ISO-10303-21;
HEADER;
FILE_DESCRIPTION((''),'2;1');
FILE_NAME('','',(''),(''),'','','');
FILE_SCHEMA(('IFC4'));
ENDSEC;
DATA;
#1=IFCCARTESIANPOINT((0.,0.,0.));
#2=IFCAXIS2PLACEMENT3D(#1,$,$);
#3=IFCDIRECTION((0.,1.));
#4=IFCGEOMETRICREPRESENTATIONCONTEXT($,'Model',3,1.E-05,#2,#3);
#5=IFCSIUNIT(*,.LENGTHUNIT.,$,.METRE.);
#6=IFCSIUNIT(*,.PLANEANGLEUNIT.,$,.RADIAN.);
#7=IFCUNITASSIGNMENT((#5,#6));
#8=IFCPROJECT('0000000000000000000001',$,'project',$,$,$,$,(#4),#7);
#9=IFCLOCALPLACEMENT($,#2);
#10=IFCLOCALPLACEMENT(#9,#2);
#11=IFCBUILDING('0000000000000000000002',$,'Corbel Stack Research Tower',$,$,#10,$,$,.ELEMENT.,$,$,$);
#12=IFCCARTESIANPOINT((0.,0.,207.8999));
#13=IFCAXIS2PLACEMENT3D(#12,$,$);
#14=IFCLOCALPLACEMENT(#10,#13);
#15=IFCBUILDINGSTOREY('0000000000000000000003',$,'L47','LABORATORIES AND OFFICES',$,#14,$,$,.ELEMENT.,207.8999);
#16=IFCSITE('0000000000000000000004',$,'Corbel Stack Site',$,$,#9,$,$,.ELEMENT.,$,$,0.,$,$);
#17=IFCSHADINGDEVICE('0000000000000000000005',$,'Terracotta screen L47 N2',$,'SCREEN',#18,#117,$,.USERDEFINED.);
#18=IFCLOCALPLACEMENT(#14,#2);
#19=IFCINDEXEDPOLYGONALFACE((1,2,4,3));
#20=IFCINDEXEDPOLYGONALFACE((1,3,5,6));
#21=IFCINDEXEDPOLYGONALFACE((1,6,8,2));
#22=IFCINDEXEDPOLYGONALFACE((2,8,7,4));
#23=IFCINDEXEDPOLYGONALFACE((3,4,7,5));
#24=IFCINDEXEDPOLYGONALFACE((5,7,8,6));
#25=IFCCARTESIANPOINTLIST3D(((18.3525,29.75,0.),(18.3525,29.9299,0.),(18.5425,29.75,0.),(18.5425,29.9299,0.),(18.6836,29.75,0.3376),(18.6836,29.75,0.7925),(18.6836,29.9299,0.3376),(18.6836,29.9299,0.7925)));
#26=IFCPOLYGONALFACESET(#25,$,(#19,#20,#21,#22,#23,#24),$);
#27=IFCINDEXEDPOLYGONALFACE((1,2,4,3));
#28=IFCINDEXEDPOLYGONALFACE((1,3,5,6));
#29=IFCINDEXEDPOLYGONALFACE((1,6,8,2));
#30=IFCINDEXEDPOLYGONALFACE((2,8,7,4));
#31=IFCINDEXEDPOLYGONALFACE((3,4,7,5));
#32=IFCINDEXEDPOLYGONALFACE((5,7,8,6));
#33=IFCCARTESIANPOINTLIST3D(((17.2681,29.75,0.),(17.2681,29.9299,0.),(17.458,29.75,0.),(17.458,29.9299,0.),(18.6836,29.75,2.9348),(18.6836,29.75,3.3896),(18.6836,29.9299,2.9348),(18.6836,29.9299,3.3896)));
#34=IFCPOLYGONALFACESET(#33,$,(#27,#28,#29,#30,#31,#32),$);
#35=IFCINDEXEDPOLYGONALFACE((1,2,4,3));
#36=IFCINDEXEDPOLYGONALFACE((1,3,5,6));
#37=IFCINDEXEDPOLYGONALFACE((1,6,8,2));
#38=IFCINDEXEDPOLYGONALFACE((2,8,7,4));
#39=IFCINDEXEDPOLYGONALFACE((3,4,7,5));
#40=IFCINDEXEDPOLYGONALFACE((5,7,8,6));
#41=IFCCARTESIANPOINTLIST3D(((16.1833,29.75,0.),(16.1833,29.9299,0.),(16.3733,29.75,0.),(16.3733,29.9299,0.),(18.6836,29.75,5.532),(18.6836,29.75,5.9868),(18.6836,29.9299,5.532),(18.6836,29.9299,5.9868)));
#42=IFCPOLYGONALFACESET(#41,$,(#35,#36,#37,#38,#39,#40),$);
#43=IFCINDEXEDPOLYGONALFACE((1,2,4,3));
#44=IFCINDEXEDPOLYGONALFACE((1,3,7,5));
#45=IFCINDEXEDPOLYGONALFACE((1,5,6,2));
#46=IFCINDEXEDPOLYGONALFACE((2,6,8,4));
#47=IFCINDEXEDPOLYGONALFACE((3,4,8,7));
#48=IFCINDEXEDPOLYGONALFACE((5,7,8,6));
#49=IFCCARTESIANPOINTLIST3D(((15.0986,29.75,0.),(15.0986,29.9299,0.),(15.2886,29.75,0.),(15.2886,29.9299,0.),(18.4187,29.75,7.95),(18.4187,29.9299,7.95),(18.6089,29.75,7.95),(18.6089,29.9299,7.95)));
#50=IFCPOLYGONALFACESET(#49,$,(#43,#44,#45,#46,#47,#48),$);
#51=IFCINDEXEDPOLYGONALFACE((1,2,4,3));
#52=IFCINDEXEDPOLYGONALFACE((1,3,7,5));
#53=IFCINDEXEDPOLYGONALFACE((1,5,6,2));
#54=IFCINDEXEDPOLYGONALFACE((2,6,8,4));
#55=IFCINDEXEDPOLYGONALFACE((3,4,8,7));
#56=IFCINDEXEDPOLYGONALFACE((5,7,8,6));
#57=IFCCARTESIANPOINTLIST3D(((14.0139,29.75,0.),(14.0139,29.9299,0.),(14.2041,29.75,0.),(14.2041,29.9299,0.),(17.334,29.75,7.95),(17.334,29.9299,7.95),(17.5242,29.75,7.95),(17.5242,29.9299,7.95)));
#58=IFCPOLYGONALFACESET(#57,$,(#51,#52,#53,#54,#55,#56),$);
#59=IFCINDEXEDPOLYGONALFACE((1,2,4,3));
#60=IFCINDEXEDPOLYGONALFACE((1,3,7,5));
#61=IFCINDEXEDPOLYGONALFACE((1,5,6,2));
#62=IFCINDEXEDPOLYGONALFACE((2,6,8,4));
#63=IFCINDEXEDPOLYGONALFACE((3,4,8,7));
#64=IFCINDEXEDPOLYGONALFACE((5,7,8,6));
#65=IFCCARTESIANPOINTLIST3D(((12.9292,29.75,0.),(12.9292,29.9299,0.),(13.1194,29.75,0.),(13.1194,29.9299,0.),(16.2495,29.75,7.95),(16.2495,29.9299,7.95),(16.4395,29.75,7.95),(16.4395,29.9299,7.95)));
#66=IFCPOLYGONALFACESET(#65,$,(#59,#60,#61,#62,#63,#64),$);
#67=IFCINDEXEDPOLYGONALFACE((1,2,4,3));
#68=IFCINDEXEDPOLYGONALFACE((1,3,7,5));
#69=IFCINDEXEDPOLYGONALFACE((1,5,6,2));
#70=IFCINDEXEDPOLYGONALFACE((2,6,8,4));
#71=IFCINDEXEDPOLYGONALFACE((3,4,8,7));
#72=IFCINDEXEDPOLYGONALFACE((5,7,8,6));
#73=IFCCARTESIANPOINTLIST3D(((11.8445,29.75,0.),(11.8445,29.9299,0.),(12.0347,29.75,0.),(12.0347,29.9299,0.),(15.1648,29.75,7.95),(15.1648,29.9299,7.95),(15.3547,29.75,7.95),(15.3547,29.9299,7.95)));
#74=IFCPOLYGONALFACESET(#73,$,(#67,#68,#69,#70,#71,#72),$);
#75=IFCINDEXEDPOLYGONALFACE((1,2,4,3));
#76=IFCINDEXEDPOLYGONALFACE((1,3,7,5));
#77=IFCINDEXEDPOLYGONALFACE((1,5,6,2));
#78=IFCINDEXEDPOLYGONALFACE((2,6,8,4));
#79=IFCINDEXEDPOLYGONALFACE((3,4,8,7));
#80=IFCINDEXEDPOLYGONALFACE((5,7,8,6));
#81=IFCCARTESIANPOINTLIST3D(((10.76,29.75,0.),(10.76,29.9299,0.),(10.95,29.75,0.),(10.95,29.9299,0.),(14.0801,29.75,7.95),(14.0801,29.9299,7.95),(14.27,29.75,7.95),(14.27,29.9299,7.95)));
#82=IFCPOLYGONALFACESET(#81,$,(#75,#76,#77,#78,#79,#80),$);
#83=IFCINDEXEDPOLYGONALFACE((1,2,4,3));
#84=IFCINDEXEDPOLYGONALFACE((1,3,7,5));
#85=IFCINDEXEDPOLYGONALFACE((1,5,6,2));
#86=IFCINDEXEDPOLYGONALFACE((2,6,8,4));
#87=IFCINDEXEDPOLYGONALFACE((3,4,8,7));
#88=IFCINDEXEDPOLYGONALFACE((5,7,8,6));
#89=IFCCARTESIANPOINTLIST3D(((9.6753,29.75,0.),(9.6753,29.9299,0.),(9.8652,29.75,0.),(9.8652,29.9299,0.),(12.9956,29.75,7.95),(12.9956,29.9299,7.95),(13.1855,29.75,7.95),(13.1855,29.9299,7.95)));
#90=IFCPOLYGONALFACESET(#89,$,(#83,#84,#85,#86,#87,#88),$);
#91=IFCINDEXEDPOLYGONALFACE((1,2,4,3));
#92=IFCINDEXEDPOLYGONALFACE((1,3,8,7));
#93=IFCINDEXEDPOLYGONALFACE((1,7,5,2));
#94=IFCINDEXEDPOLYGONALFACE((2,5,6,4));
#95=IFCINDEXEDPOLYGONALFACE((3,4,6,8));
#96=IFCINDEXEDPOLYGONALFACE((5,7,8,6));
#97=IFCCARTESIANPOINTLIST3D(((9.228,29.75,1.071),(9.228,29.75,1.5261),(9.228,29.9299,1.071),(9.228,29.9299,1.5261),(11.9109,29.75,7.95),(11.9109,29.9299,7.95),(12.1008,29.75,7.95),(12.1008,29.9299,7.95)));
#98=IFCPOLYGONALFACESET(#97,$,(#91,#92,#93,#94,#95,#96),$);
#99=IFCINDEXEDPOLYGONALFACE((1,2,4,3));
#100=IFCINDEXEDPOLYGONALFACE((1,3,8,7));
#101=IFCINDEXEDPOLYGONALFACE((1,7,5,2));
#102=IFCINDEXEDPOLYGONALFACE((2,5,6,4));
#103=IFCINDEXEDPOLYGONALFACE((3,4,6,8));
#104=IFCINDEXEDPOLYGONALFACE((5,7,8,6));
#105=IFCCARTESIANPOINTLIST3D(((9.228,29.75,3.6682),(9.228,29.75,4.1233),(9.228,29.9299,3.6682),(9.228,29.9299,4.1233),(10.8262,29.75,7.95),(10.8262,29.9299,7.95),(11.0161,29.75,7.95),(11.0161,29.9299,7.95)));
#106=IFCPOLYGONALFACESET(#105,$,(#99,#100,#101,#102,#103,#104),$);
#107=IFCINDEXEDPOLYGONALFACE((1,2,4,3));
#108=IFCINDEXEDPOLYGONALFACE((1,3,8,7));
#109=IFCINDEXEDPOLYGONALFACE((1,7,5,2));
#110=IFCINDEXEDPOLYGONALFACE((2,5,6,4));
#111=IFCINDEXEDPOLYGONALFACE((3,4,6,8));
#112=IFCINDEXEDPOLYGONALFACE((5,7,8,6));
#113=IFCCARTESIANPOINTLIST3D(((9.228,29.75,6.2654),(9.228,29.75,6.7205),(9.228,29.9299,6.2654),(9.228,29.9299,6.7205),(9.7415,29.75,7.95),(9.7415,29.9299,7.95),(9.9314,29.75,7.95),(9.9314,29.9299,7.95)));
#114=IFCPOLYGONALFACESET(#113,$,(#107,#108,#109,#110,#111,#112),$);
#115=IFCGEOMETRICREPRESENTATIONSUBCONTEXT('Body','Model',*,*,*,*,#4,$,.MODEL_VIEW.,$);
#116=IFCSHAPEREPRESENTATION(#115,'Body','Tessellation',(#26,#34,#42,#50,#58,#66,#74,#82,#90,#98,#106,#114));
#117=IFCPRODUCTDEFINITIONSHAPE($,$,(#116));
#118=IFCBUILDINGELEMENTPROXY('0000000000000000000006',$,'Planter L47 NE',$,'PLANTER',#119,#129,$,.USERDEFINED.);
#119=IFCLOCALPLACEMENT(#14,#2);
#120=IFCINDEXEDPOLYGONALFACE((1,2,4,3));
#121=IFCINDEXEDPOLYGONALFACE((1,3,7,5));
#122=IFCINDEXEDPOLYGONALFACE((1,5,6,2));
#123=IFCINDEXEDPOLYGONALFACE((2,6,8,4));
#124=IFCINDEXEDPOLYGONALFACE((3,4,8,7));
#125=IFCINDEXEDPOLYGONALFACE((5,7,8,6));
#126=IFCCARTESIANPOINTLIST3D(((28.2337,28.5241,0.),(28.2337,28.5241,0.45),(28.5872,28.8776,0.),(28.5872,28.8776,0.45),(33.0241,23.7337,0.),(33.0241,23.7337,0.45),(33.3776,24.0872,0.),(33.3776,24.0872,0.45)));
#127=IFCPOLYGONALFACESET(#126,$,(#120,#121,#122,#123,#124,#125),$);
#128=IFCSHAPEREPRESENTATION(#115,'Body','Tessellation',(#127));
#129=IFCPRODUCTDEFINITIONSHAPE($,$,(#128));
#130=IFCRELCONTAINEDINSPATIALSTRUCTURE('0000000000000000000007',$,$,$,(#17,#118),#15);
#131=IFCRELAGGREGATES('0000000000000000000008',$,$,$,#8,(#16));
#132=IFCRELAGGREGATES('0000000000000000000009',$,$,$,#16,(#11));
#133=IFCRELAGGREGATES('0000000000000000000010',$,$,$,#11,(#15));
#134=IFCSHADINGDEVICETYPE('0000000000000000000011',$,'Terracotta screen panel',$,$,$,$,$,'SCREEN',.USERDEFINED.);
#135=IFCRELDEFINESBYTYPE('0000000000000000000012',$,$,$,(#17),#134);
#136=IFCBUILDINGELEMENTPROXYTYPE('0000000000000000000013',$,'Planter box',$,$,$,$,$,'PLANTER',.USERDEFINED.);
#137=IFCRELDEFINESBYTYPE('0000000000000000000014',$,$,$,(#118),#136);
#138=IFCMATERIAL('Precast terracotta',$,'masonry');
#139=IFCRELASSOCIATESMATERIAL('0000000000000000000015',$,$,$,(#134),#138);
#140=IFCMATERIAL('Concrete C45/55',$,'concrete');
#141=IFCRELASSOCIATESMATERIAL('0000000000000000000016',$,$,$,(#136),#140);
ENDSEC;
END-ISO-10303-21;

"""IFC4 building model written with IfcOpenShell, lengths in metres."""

from ifc_helpers import new_model, si_unit, direction, frame, origin, origin_2d, place, context, subcontext, project, spatial, polyline, rectangle, outline, extrude, source, transform, mapped, material, type_object, element, save


model = new_model("IFC4")

# Units and contexts
model_context = context("Model", 3, precision=1e-05, world=origin(), true_north=direction((0.0, 1.0)))
body_context = subcontext(model_context, "Body", "Model", "MODEL_VIEW")
ifc_project = project(units=[si_unit("LENGTHUNIT", "METRE"), si_unit("PLANEANGLEUNIT", "RADIAN")], contexts=[model_context])

# Site, building, storey
site_placement = place(None, origin())
site = spatial("IfcSite", under=ifc_project, at=site_placement, Name="Corbel Stack Site", CompositionType="ELEMENT", RefElevation=0.0)
building_placement = place(site_placement, origin())
building = spatial("IfcBuilding", under=site, at=building_placement, Name="Corbel Stack Research Tower", CompositionType="ELEMENT")
storey_placement = place(building_placement, frame((0.0, 0.0, 207.8999)))
storey = spatial("IfcBuildingStorey", under=building, at=storey_placement, Name="L47", Description="LABORATORIES AND OFFICES", CompositionType="ELEMENT", Elevation=207.8999)

# Shading device
ifc_material_1 = material(Name="Precast terracotta", Category="masonry")
shading_device_type = type_object("IfcShadingDeviceType", Name="Terracotta screen panel", ElementType="SCREEN", PredefinedType="USERDEFINED", material=ifc_material_1)
shared_shape_1 = source(origin(), body_context, "Body", "SweptSolid", [
    extrude(outline(polyline([(0.3311, 0.0), (0.0, 0.7925), (0.0, 0.3376), (0.1411, 0.0), (0.3311, 0.0)])), frame((0.0, 0.0, 0.0), z_axis=(0.0, -1.0, 0.0), x_axis=(1.0, 0.0, 0.0)), (0.0, 0.0, 1.0), 0.1799),
    extrude(outline(polyline([(1.4155, 0.0), (0.0, 3.3896), (0.0, 2.9348), (1.2256, 0.0), (1.4155, 0.0)])), frame((0.0, 0.0, 0.0), z_axis=(0.0, -1.0, 0.0), x_axis=(1.0, 0.0, 0.0)), (0.0, 0.0, 1.0), 0.1799),
    extrude(outline(polyline([(2.5002, 0.0), (0.0, 5.9868), (0.0, 5.532), (2.3103, 0.0), (2.5002, 0.0)])), frame((0.0, 0.0, 0.0), z_axis=(0.0, -1.0, 0.0), x_axis=(1.0, 0.0, 0.0)), (0.0, 0.0, 1.0), 0.1799),
    extrude(outline(polyline([(3.585, 0.0), (0.2649, 7.95), (0.0747, 7.95), (3.395, 0.0), (3.585, 0.0)])), frame((0.0, 0.0, 0.0), z_axis=(0.0, -1.0, 0.0), x_axis=(1.0, 0.0, 0.0)), (0.0, 0.0, 1.0), 0.1799),
    extrude(outline(polyline([(4.6697, 0.0), (1.3496, 7.95), (1.1594, 7.95), (4.4795, 0.0), (4.6697, 0.0)])), frame((0.0, 0.0, 0.0), z_axis=(0.0, -1.0, 0.0), x_axis=(1.0, 0.0, 0.0)), (0.0, 0.0, 1.0), 0.1799),
    extrude(outline(polyline([(5.7544, 0.0), (2.4341, 7.95), (2.2441, 7.95), (5.5642, 0.0), (5.7544, 0.0)])), frame((0.0, 0.0, 0.0), z_axis=(0.0, -1.0, 0.0), x_axis=(1.0, 0.0, 0.0)), (0.0, 0.0, 1.0), 0.1799),
    extrude(outline(polyline([(6.8391, 0.0), (3.5188, 7.95), (3.3289, 7.95), (6.6489, 0.0), (6.8391, 0.0)])), frame((0.0, 0.0, 0.0), z_axis=(0.0, -1.0, 0.0), x_axis=(1.0, 0.0, 0.0)), (0.0, 0.0, 1.0), 0.1799),
    extrude(outline(polyline([(7.9236, 0.0), (4.6035, 7.95), (4.4136, 7.95), (7.7336, 0.0), (7.9236, 0.0)])), frame((0.0, 0.0, 0.0), z_axis=(0.0, -1.0, 0.0), x_axis=(1.0, 0.0, 0.0)), (0.0, 0.0, 1.0), 0.1799),
    extrude(outline(polyline([(9.0083, 0.0), (5.688, 7.95), (5.498, 7.95), (8.8184, 0.0), (9.0083, 0.0)])), frame((0.0, 0.0, 0.0), z_axis=(0.0, -1.0, 0.0), x_axis=(1.0, 0.0, 0.0)), (0.0, 0.0, 1.0), 0.1799),
    extrude(outline(polyline([(6.7727, 7.95), (6.5828, 7.95), (9.4556, 1.071), (9.4556, 1.5261), (6.7727, 7.95)])), frame((0.0, 0.0, 0.0), z_axis=(0.0, -1.0, 0.0), x_axis=(1.0, 0.0, 0.0)), (0.0, 0.0, 1.0), 0.1799),
    extrude(outline(polyline([(7.8574, 7.95), (7.6675, 7.95), (9.4556, 3.6682), (9.4556, 4.1233), (7.8574, 7.95)])), frame((0.0, 0.0, 0.0), z_axis=(0.0, -1.0, 0.0), x_axis=(1.0, 0.0, 0.0)), (0.0, 0.0, 1.0), 0.1799),
    extrude(outline(polyline([(8.9421, 7.95), (8.7522, 7.95), (9.4556, 6.2654), (9.4556, 6.7205), (8.9421, 7.95)])), frame((0.0, 0.0, 0.0), z_axis=(0.0, -1.0, 0.0), x_axis=(1.0, 0.0, 0.0)), (0.0, 0.0, 1.0), 0.1799),
])
shading_device_1_placement = place(storey_placement, frame((18.6836, 29.75, 0.0), z_axis=(0.0, 0.0, 1.0), x_axis=(-1.0, 0.0, 0.0)))
element("IfcShadingDevice", 1, at=shading_device_1_placement, inside=storey, type_object=shading_device_type, Name="Terracotta screen L47 N2", ObjectType="SCREEN", PredefinedType="USERDEFINED", context=body_context, shape_type="MappedRepresentation", body=[
    mapped(shared_shape_1, transform((0.0, 0.0, 0.0))),
])

# Building element proxy
ifc_material_2 = material(Name="Concrete C45/55", Category="concrete")
building_element_proxy_type = type_object("IfcBuildingElementProxyType", Name="Planter box", ElementType="PLANTER", PredefinedType="USERDEFINED", material=ifc_material_2)
proxy_placement = place(storey_placement, frame((30.8057, 26.3057, 0.0), z_axis=(0.0, 0.0, 1.0), x_axis=(-0.707107, 0.707107, 0.0)))
element("IfcBuildingElementProxy", 2, at=proxy_placement, inside=storey, type_object=building_element_proxy_type, Name="Planter L47 NE", ObjectType="PLANTER", PredefinedType="USERDEFINED", context=body_context, shape_type="SweptSolid", body=[
    extrude(rectangle(XDim=6.7747, YDim=0.5, at=origin_2d()), origin(), (0.0, 0.0, 1.0), 0.45),
])

save(model, "model.ifc")
